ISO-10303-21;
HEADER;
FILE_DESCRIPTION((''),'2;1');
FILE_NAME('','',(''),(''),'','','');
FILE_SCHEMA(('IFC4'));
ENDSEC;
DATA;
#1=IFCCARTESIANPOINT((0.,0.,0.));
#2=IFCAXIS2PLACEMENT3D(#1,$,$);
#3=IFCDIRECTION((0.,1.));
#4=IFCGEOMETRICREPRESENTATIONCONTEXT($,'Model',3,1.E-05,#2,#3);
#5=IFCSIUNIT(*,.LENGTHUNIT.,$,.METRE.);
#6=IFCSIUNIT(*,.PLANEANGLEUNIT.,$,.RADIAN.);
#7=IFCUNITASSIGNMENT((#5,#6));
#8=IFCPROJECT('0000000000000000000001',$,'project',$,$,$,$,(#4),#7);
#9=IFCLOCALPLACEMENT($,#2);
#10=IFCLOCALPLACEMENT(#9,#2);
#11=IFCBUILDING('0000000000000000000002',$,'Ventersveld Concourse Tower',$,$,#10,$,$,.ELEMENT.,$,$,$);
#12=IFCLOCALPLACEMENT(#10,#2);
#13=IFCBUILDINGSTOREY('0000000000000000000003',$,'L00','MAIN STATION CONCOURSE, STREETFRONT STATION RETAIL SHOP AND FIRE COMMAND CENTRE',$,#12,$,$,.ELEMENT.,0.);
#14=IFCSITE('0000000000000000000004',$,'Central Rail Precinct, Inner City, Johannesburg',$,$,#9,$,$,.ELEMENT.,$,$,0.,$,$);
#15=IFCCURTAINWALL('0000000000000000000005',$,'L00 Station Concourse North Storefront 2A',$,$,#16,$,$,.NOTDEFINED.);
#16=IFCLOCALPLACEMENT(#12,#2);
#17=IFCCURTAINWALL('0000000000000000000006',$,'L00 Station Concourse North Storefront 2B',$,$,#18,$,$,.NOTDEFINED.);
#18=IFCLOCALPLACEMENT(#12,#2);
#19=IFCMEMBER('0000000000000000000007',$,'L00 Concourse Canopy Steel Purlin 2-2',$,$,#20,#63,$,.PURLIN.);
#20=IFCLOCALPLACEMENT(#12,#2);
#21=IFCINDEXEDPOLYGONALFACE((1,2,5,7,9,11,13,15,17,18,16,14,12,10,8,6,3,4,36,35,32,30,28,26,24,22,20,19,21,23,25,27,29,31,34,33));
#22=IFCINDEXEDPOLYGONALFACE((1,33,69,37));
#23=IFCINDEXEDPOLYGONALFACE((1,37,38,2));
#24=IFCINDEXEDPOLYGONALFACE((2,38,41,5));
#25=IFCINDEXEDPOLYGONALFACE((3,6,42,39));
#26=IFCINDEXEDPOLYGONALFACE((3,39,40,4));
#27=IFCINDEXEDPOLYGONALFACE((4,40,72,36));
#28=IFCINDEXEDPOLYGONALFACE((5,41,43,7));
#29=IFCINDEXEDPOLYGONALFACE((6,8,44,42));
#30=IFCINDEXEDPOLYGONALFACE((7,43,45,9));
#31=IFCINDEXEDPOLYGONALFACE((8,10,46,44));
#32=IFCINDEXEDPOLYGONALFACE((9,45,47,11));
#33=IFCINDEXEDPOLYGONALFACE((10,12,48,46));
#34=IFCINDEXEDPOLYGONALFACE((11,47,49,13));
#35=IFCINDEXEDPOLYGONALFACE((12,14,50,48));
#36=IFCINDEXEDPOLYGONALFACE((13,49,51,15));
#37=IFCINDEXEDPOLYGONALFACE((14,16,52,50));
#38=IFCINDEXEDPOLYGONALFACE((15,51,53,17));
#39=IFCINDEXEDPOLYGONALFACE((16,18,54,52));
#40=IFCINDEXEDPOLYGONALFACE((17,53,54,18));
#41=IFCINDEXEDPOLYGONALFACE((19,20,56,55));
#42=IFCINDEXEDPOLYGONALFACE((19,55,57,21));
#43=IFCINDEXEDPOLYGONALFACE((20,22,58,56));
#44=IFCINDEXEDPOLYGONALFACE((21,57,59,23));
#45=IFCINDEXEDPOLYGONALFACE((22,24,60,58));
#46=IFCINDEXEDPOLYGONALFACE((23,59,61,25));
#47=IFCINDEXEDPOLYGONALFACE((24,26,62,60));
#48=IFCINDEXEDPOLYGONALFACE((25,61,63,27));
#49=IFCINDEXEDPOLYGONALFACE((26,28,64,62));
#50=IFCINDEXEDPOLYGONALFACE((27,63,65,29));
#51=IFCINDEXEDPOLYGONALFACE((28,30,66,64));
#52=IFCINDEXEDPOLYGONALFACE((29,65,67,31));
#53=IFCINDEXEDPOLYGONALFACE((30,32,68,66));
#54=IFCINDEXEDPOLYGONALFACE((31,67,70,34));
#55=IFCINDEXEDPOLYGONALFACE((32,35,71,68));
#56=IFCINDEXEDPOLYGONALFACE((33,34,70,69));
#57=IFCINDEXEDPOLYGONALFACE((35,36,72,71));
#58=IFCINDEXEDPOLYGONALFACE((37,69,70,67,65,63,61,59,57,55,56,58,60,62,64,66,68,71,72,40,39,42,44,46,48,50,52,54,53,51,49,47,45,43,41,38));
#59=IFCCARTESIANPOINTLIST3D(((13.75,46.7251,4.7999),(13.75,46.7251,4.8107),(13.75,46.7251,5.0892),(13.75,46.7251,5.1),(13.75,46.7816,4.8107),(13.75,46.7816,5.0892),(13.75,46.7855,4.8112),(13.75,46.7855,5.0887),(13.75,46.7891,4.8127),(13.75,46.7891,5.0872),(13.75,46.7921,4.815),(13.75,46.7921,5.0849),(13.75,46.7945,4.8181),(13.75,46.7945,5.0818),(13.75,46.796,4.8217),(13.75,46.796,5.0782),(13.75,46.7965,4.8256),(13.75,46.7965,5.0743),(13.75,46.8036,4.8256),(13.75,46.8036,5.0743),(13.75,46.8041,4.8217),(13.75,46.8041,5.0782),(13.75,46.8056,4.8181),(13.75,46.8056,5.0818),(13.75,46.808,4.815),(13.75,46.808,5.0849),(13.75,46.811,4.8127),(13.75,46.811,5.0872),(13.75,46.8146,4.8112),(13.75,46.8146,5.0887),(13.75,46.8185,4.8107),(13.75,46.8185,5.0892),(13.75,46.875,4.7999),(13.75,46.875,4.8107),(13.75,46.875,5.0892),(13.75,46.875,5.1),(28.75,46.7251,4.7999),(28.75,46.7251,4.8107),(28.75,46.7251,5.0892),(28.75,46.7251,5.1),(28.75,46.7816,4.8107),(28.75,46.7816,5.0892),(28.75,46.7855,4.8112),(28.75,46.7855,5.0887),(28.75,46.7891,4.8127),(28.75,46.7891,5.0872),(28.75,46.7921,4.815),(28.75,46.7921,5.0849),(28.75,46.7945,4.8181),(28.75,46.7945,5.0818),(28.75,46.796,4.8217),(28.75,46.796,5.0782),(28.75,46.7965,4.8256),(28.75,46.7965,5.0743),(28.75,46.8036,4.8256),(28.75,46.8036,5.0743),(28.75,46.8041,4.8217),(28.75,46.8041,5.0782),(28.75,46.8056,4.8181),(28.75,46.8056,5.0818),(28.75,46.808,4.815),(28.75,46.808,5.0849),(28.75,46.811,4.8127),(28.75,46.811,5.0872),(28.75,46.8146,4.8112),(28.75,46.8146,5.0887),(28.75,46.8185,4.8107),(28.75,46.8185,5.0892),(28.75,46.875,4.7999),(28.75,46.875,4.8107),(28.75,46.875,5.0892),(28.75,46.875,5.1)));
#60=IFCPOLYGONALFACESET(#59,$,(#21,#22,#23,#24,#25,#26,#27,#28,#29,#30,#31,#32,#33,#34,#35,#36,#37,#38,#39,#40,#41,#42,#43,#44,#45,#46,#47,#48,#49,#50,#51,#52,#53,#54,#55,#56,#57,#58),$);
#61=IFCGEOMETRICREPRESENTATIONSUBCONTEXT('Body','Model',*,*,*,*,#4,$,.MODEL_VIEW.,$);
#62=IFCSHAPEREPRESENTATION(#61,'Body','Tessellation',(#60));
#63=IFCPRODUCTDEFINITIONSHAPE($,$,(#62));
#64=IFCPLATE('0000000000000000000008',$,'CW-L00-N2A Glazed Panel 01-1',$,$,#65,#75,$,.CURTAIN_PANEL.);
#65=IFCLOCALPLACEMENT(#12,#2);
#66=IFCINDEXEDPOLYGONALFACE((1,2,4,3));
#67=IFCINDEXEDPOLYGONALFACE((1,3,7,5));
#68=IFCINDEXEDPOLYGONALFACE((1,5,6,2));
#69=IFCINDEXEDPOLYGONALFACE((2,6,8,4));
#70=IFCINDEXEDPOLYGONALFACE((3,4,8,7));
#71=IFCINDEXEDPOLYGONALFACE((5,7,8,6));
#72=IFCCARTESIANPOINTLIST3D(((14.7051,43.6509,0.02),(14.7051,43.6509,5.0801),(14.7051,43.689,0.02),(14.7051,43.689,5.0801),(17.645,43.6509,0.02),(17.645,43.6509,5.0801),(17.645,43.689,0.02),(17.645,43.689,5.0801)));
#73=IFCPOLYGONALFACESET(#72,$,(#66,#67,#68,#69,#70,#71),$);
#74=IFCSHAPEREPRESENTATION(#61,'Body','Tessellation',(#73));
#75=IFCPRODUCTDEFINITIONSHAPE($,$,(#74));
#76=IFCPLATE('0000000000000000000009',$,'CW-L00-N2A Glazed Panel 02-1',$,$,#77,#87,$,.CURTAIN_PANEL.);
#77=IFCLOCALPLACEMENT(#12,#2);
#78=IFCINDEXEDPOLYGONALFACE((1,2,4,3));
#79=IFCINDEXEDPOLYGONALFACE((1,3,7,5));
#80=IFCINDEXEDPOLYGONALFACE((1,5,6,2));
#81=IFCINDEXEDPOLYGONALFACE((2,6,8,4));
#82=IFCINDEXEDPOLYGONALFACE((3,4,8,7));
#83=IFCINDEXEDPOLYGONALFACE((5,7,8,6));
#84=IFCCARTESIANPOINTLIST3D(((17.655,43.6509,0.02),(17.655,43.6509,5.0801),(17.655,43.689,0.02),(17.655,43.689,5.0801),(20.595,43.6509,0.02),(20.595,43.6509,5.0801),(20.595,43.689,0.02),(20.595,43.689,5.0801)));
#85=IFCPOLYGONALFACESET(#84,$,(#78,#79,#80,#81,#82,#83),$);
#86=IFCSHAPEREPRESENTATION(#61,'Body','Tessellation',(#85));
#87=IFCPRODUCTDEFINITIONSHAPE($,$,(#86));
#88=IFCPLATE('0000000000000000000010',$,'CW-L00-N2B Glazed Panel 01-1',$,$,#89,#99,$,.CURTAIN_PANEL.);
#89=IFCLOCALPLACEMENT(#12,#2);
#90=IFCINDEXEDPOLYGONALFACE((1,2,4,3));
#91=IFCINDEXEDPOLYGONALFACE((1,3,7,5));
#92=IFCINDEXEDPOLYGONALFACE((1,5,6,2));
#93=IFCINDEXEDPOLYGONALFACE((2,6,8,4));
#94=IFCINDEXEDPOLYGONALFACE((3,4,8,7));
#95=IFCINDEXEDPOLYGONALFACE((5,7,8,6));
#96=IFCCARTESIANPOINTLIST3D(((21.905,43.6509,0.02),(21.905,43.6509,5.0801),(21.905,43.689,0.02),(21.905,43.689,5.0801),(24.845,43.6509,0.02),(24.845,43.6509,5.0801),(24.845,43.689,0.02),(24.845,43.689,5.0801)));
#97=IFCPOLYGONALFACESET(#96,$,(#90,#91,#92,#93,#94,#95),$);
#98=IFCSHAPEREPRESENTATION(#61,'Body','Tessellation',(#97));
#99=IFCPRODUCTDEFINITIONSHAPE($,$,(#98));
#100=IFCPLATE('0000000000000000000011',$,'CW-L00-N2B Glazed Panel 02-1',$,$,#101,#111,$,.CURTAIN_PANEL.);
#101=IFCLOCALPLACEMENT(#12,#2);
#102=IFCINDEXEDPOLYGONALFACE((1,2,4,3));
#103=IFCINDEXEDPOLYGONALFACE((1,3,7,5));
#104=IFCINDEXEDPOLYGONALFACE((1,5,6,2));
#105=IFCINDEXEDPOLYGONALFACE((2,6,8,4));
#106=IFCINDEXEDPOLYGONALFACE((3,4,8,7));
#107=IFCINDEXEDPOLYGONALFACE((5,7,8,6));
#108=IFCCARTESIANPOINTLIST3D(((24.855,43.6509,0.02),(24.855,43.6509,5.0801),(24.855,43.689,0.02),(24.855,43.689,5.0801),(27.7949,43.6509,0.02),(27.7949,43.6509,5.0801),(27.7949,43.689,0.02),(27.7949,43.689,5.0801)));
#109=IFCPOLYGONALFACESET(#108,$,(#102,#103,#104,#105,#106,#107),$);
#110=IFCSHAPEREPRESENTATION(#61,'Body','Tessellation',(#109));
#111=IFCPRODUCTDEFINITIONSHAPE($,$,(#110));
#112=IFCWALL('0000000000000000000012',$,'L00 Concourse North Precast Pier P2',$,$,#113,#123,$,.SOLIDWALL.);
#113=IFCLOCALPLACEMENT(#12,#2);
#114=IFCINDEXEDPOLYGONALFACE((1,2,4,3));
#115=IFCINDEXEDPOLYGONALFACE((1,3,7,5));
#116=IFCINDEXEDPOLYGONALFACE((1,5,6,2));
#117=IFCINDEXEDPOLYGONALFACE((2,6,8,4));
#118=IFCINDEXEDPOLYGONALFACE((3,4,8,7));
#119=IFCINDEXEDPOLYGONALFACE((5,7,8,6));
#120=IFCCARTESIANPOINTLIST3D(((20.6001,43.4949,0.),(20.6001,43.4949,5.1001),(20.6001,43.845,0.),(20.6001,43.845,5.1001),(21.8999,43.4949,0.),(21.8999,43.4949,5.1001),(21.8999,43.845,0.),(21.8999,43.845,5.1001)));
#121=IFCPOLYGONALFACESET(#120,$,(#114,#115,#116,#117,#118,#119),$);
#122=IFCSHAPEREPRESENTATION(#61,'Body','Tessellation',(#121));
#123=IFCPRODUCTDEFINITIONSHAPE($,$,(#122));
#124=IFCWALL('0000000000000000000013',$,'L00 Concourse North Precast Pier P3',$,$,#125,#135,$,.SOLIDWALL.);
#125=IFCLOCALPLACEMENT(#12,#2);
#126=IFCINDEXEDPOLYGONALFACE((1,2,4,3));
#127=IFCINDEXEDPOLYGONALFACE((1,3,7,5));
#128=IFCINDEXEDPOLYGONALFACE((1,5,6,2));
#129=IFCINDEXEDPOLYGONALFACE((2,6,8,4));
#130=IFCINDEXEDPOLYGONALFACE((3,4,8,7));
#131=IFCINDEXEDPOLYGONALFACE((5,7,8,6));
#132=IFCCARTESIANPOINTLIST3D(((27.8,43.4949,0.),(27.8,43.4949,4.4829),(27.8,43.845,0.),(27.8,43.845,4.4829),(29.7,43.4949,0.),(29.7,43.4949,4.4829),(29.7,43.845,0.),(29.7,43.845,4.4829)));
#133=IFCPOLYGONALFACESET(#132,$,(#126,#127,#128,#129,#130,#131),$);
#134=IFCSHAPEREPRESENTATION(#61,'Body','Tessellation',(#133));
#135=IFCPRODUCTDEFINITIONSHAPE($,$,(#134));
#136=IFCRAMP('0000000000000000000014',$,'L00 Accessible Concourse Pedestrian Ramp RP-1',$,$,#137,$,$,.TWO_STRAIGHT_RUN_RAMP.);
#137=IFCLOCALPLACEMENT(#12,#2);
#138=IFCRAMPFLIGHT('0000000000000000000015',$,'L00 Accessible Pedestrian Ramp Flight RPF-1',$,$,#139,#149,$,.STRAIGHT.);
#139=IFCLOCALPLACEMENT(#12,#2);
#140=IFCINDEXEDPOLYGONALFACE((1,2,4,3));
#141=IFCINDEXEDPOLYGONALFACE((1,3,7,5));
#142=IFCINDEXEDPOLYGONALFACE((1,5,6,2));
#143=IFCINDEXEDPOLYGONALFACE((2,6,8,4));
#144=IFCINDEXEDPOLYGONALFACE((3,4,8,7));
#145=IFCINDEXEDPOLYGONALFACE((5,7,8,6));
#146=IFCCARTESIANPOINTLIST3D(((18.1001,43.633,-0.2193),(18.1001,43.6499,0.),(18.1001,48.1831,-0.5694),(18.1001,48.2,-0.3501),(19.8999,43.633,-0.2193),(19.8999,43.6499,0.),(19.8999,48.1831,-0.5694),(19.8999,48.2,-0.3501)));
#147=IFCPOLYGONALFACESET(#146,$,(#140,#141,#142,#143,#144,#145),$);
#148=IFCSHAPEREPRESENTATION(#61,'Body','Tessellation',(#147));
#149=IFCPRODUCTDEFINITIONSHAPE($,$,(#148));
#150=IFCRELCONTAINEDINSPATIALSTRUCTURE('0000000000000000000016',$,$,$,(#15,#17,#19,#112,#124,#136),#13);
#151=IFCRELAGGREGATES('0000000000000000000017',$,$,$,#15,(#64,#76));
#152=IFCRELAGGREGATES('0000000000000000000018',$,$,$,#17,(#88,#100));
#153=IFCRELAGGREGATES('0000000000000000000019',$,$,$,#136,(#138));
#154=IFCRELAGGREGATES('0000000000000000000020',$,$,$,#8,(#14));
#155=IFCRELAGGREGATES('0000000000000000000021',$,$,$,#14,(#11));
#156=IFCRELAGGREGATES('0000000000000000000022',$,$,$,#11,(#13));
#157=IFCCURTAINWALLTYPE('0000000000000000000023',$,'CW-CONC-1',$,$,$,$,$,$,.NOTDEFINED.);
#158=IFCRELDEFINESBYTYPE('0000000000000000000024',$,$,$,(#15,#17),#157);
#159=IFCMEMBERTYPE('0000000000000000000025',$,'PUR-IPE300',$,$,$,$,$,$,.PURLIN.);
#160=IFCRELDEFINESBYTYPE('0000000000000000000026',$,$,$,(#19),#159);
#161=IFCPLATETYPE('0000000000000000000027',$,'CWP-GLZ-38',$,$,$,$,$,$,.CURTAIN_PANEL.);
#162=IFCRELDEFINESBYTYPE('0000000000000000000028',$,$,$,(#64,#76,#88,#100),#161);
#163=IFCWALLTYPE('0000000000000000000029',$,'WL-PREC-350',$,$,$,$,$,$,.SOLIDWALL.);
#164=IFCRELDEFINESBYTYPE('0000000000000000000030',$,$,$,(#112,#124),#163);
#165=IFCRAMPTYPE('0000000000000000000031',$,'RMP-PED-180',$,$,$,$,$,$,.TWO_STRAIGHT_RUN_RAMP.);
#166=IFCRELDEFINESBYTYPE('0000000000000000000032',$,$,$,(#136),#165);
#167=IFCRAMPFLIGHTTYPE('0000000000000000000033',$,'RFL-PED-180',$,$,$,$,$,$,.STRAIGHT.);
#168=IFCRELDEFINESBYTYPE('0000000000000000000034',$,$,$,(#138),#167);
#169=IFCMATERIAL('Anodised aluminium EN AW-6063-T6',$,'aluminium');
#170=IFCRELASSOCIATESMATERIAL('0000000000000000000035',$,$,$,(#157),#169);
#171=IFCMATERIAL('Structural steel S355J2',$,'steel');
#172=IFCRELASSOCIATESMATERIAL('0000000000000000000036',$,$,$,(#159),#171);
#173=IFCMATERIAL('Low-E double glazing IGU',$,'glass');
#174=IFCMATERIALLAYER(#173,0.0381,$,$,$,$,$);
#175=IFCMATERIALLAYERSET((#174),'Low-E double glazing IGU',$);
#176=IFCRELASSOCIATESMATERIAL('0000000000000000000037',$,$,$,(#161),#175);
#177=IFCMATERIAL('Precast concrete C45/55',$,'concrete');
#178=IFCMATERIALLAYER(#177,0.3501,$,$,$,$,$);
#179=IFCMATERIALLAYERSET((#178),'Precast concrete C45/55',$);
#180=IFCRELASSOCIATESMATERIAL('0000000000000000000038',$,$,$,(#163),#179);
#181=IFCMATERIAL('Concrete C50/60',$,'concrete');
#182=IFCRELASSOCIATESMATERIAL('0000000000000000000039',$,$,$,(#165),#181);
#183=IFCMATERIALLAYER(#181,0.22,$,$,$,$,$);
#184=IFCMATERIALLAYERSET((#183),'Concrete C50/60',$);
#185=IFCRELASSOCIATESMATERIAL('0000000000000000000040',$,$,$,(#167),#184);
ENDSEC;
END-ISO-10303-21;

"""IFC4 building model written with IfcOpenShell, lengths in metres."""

from ifc_helpers import new_model, si_unit, direction, frame, frame_2d, origin, origin_2d, place, context, subcontext, project, spatial, polyline, rectangle, i_section, outline, extrude, material, layer, layer_set, material_profile, profile_set, type_object, element, aggregate, save


model = new_model("IFC4")

# Units and contexts
model_context = context("Model", 3, precision=1e-05, world=origin(), true_north=direction((0.0, 1.0)))
body_context = subcontext(model_context, "Body", "Model", "MODEL_VIEW")
ifc_project = project(units=[si_unit("LENGTHUNIT", "METRE"), si_unit("PLANEANGLEUNIT", "RADIAN")], contexts=[model_context])

# Site, building, storey
site_placement = place(None, origin())
site = spatial("IfcSite", under=ifc_project, at=site_placement, Name="Central Rail Precinct, Inner City, Johannesburg", CompositionType="ELEMENT", RefElevation=0.0)
building_placement = place(site_placement, origin())
building = spatial("IfcBuilding", under=site, at=building_placement, Name="Ventersveld Concourse Tower", CompositionType="ELEMENT")
storey_placement = place(building_placement, origin())
storey = spatial("IfcBuildingStorey", under=building, at=storey_placement, Name="L00", Description="MAIN STATION CONCOURSE, STREETFRONT STATION RETAIL SHOP AND FIRE COMMAND CENTRE", CompositionType="ELEMENT", Elevation=0.0)

# Curtain walls
ifc_material_1 = material(Name="Anodised aluminium EN AW-6063-T6", Category="aluminium")
curtain_wall_type = type_object("IfcCurtainWallType", Name="CW-CONC-1", PredefinedType="NOTDEFINED", material=ifc_material_1)
curtain_wall_1_placement = place(storey_placement, origin())
curtain_wall_1 = element("IfcCurtainWall", 1, at=curtain_wall_1_placement, inside=storey, type_object=curtain_wall_type, Name="L00 Station Concourse North Storefront 2A", PredefinedType="NOTDEFINED")
curtain_wall_2_placement = place(storey_placement, origin())
curtain_wall_2 = element("IfcCurtainWall", 2, at=curtain_wall_2_placement, inside=storey, type_object=curtain_wall_type, Name="L00 Station Concourse North Storefront 2B", PredefinedType="NOTDEFINED")

# Shared definitions
ifc_material_2 = material(Name="Structural steel S355J2", Category="steel")

# Member
ifc_material_profile_1 = material_profile(ifc_material_2, i_section(OverallWidth=0.1499, OverallDepth=0.3, WebThickness=0.0071, FlangeThickness=0.0107, FilletRadius=0.0149, at=origin_2d()), Name="IPE 300")
ifc_profile_set_1 = profile_set([ifc_material_profile_1], Name="Structural steel S355J2")
member_type_1 = type_object("IfcMemberType", Name="PUR-IPE300", PredefinedType="PURLIN", material=ifc_profile_set_1)
for number, where, z_axis, x_axis, name in (
    (3, (13.75, 46.8, 4.95), (1.0, 0.0, 0.0), (0.0, 1.0, 0.0), "L00 Concourse Canopy Steel Purlin 2-2"),
):
    element("IfcMember", number, at=place(storey_placement, frame(where, z_axis=z_axis, x_axis=x_axis)), inside=storey, type_object=member_type_1, Name=name, PredefinedType="PURLIN", context=body_context, shape_type="SweptSolid", body=[
        extrude(i_section(OverallWidth=0.1499, OverallDepth=0.3, WebThickness=0.0071, FlangeThickness=0.0107, FilletRadius=0.0149, at=origin_2d()), origin(), (0.0, 0.0, 1.0), 15.0),
    ])

# Plates
ifc_material_3 = material(Name="Low-E double glazing IGU", Category="glass")
ifc_layer_1 = layer(ifc_material_3, 0.0381)
ifc_layer_set_1 = layer_set([ifc_layer_1], Name="Low-E double glazing IGU")
plate_type = type_object("IfcPlateType", Name="CWP-GLZ-38", PredefinedType="CURTAIN_PANEL", material=ifc_layer_set_1)
plate_1_placement = place(storey_placement, frame((16.175, 43.6699, 0.02), z_axis=(0.0, 0.0, 1.0), x_axis=(1.0, 0.0, 0.0)))
plate_1 = element("IfcPlate", 4, at=plate_1_placement, type_object=plate_type, Name="CW-L00-N2A Glazed Panel 01-1", PredefinedType="CURTAIN_PANEL", context=body_context, shape_type="SweptSolid", body=[
    extrude(rectangle(XDim=2.9399, YDim=0.0381, at=origin_2d()), origin(), (0.0, 0.0, 1.0), 5.0601),
])
plate_2_placement = place(storey_placement, frame((19.125, 43.6699, 0.02), z_axis=(0.0, 0.0, 1.0), x_axis=(1.0, 0.0, 0.0)))
plate_2 = element("IfcPlate", 5, at=plate_2_placement, type_object=plate_type, Name="CW-L00-N2A Glazed Panel 02-1", PredefinedType="CURTAIN_PANEL", context=body_context, shape_type="SweptSolid", body=[
    extrude(rectangle(XDim=2.9399, YDim=0.0381, at=origin_2d()), origin(), (0.0, 0.0, 1.0), 5.0601),
])
aggregate(curtain_wall_1, [plate_1, plate_2])
plate_3_placement = place(storey_placement, frame((23.375, 43.6699, 0.02), z_axis=(0.0, 0.0, 1.0), x_axis=(1.0, 0.0, 0.0)))
plate_3 = element("IfcPlate", 6, at=plate_3_placement, type_object=plate_type, Name="CW-L00-N2B Glazed Panel 01-1", PredefinedType="CURTAIN_PANEL", context=body_context, shape_type="SweptSolid", body=[
    extrude(rectangle(XDim=2.9399, YDim=0.0381, at=origin_2d()), origin(), (0.0, 0.0, 1.0), 5.0601),
])
plate_4_placement = place(storey_placement, frame((26.325, 43.6699, 0.02), z_axis=(0.0, 0.0, 1.0), x_axis=(1.0, 0.0, 0.0)))
plate_4 = element("IfcPlate", 7, at=plate_4_placement, type_object=plate_type, Name="CW-L00-N2B Glazed Panel 02-1", PredefinedType="CURTAIN_PANEL", context=body_context, shape_type="SweptSolid", body=[
    extrude(rectangle(XDim=2.9399, YDim=0.0381, at=origin_2d()), origin(), (0.0, 0.0, 1.0), 5.0601),
])
aggregate(curtain_wall_2, [plate_3, plate_4])

# Walls
ifc_material_4 = material(Name="Precast concrete C45/55", Category="concrete")
ifc_layer_2 = layer(ifc_material_4, 0.3501)
ifc_layer_set_2 = layer_set([ifc_layer_2], Name="Precast concrete C45/55")
wall_type = type_object("IfcWallType", Name="WL-PREC-350", PredefinedType="SOLIDWALL", material=ifc_layer_set_2)
wall_1_placement = place(storey_placement, frame((20.6001, 43.6699, 0.0), z_axis=(0.0, 0.0, 1.0), x_axis=(1.0, 0.0, 0.0)))
element("IfcWall", 8, at=wall_1_placement, inside=storey, type_object=wall_type, Name="L00 Concourse North Precast Pier P2", PredefinedType="SOLIDWALL", context=body_context, shape_type="SweptSolid", body=[
    extrude(rectangle(XDim=1.2998, YDim=0.3501, at=frame_2d((0.6499, 0.0))), origin(), (0.0, 0.0, 1.0), 5.1001),
])
wall_2_placement = place(storey_placement, frame((27.8, 43.6699, 0.0), z_axis=(0.0, 0.0, 1.0), x_axis=(1.0, 0.0, 0.0)))
element("IfcWall", 9, at=wall_2_placement, inside=storey, type_object=wall_type, Name="L00 Concourse North Precast Pier P3", PredefinedType="SOLIDWALL", context=body_context, shape_type="SweptSolid", body=[
    extrude(rectangle(XDim=1.8999, YDim=0.3501, at=frame_2d((0.95, 0.0))), origin(), (0.0, 0.0, 1.0), 4.4829),
])

# Ramp, ramp flight
ifc_material_5 = material(Name="Concrete C50/60", Category="concrete")
ramp_type = type_object("IfcRampType", Name="RMP-PED-180", PredefinedType="TWO_STRAIGHT_RUN_RAMP", material=ifc_material_5)
ramp_placement = place(storey_placement, origin())
ramp = element("IfcRamp", 10, at=ramp_placement, inside=storey, type_object=ramp_type, Name="L00 Accessible Concourse Pedestrian Ramp RP-1", PredefinedType="TWO_STRAIGHT_RUN_RAMP")
ifc_layer_3 = layer(ifc_material_5, 0.22)
ifc_layer_set_3 = layer_set([ifc_layer_3], Name="Concrete C50/60")
ramp_flight_type = type_object("IfcRampFlightType", Name="RFL-PED-180", PredefinedType="STRAIGHT", material=ifc_layer_set_3)
ramp_flight_placement = place(storey_placement, frame((18.1001, 48.2, -0.3501), z_axis=(0.0, 0.076717, 0.997053), x_axis=(1.0, 0.0, 0.0)))
ramp_flight = element("IfcRampFlight", 11, at=ramp_flight_placement, type_object=ramp_flight_type, Name="L00 Accessible Pedestrian Ramp Flight RPF-1", PredefinedType="STRAIGHT", context=body_context, shape_type="SweptSolid", body=[
    extrude(outline(polyline([(0.0, 0.0), (1.7998, 0.0), (1.7998, -4.5635), (0.0, -4.5635), (0.0, 0.0)])), origin(), (0.0, 0.0, -1.0), 0.22),
])
aggregate(ramp, [ramp_flight])

save(model, "model.ifc")
